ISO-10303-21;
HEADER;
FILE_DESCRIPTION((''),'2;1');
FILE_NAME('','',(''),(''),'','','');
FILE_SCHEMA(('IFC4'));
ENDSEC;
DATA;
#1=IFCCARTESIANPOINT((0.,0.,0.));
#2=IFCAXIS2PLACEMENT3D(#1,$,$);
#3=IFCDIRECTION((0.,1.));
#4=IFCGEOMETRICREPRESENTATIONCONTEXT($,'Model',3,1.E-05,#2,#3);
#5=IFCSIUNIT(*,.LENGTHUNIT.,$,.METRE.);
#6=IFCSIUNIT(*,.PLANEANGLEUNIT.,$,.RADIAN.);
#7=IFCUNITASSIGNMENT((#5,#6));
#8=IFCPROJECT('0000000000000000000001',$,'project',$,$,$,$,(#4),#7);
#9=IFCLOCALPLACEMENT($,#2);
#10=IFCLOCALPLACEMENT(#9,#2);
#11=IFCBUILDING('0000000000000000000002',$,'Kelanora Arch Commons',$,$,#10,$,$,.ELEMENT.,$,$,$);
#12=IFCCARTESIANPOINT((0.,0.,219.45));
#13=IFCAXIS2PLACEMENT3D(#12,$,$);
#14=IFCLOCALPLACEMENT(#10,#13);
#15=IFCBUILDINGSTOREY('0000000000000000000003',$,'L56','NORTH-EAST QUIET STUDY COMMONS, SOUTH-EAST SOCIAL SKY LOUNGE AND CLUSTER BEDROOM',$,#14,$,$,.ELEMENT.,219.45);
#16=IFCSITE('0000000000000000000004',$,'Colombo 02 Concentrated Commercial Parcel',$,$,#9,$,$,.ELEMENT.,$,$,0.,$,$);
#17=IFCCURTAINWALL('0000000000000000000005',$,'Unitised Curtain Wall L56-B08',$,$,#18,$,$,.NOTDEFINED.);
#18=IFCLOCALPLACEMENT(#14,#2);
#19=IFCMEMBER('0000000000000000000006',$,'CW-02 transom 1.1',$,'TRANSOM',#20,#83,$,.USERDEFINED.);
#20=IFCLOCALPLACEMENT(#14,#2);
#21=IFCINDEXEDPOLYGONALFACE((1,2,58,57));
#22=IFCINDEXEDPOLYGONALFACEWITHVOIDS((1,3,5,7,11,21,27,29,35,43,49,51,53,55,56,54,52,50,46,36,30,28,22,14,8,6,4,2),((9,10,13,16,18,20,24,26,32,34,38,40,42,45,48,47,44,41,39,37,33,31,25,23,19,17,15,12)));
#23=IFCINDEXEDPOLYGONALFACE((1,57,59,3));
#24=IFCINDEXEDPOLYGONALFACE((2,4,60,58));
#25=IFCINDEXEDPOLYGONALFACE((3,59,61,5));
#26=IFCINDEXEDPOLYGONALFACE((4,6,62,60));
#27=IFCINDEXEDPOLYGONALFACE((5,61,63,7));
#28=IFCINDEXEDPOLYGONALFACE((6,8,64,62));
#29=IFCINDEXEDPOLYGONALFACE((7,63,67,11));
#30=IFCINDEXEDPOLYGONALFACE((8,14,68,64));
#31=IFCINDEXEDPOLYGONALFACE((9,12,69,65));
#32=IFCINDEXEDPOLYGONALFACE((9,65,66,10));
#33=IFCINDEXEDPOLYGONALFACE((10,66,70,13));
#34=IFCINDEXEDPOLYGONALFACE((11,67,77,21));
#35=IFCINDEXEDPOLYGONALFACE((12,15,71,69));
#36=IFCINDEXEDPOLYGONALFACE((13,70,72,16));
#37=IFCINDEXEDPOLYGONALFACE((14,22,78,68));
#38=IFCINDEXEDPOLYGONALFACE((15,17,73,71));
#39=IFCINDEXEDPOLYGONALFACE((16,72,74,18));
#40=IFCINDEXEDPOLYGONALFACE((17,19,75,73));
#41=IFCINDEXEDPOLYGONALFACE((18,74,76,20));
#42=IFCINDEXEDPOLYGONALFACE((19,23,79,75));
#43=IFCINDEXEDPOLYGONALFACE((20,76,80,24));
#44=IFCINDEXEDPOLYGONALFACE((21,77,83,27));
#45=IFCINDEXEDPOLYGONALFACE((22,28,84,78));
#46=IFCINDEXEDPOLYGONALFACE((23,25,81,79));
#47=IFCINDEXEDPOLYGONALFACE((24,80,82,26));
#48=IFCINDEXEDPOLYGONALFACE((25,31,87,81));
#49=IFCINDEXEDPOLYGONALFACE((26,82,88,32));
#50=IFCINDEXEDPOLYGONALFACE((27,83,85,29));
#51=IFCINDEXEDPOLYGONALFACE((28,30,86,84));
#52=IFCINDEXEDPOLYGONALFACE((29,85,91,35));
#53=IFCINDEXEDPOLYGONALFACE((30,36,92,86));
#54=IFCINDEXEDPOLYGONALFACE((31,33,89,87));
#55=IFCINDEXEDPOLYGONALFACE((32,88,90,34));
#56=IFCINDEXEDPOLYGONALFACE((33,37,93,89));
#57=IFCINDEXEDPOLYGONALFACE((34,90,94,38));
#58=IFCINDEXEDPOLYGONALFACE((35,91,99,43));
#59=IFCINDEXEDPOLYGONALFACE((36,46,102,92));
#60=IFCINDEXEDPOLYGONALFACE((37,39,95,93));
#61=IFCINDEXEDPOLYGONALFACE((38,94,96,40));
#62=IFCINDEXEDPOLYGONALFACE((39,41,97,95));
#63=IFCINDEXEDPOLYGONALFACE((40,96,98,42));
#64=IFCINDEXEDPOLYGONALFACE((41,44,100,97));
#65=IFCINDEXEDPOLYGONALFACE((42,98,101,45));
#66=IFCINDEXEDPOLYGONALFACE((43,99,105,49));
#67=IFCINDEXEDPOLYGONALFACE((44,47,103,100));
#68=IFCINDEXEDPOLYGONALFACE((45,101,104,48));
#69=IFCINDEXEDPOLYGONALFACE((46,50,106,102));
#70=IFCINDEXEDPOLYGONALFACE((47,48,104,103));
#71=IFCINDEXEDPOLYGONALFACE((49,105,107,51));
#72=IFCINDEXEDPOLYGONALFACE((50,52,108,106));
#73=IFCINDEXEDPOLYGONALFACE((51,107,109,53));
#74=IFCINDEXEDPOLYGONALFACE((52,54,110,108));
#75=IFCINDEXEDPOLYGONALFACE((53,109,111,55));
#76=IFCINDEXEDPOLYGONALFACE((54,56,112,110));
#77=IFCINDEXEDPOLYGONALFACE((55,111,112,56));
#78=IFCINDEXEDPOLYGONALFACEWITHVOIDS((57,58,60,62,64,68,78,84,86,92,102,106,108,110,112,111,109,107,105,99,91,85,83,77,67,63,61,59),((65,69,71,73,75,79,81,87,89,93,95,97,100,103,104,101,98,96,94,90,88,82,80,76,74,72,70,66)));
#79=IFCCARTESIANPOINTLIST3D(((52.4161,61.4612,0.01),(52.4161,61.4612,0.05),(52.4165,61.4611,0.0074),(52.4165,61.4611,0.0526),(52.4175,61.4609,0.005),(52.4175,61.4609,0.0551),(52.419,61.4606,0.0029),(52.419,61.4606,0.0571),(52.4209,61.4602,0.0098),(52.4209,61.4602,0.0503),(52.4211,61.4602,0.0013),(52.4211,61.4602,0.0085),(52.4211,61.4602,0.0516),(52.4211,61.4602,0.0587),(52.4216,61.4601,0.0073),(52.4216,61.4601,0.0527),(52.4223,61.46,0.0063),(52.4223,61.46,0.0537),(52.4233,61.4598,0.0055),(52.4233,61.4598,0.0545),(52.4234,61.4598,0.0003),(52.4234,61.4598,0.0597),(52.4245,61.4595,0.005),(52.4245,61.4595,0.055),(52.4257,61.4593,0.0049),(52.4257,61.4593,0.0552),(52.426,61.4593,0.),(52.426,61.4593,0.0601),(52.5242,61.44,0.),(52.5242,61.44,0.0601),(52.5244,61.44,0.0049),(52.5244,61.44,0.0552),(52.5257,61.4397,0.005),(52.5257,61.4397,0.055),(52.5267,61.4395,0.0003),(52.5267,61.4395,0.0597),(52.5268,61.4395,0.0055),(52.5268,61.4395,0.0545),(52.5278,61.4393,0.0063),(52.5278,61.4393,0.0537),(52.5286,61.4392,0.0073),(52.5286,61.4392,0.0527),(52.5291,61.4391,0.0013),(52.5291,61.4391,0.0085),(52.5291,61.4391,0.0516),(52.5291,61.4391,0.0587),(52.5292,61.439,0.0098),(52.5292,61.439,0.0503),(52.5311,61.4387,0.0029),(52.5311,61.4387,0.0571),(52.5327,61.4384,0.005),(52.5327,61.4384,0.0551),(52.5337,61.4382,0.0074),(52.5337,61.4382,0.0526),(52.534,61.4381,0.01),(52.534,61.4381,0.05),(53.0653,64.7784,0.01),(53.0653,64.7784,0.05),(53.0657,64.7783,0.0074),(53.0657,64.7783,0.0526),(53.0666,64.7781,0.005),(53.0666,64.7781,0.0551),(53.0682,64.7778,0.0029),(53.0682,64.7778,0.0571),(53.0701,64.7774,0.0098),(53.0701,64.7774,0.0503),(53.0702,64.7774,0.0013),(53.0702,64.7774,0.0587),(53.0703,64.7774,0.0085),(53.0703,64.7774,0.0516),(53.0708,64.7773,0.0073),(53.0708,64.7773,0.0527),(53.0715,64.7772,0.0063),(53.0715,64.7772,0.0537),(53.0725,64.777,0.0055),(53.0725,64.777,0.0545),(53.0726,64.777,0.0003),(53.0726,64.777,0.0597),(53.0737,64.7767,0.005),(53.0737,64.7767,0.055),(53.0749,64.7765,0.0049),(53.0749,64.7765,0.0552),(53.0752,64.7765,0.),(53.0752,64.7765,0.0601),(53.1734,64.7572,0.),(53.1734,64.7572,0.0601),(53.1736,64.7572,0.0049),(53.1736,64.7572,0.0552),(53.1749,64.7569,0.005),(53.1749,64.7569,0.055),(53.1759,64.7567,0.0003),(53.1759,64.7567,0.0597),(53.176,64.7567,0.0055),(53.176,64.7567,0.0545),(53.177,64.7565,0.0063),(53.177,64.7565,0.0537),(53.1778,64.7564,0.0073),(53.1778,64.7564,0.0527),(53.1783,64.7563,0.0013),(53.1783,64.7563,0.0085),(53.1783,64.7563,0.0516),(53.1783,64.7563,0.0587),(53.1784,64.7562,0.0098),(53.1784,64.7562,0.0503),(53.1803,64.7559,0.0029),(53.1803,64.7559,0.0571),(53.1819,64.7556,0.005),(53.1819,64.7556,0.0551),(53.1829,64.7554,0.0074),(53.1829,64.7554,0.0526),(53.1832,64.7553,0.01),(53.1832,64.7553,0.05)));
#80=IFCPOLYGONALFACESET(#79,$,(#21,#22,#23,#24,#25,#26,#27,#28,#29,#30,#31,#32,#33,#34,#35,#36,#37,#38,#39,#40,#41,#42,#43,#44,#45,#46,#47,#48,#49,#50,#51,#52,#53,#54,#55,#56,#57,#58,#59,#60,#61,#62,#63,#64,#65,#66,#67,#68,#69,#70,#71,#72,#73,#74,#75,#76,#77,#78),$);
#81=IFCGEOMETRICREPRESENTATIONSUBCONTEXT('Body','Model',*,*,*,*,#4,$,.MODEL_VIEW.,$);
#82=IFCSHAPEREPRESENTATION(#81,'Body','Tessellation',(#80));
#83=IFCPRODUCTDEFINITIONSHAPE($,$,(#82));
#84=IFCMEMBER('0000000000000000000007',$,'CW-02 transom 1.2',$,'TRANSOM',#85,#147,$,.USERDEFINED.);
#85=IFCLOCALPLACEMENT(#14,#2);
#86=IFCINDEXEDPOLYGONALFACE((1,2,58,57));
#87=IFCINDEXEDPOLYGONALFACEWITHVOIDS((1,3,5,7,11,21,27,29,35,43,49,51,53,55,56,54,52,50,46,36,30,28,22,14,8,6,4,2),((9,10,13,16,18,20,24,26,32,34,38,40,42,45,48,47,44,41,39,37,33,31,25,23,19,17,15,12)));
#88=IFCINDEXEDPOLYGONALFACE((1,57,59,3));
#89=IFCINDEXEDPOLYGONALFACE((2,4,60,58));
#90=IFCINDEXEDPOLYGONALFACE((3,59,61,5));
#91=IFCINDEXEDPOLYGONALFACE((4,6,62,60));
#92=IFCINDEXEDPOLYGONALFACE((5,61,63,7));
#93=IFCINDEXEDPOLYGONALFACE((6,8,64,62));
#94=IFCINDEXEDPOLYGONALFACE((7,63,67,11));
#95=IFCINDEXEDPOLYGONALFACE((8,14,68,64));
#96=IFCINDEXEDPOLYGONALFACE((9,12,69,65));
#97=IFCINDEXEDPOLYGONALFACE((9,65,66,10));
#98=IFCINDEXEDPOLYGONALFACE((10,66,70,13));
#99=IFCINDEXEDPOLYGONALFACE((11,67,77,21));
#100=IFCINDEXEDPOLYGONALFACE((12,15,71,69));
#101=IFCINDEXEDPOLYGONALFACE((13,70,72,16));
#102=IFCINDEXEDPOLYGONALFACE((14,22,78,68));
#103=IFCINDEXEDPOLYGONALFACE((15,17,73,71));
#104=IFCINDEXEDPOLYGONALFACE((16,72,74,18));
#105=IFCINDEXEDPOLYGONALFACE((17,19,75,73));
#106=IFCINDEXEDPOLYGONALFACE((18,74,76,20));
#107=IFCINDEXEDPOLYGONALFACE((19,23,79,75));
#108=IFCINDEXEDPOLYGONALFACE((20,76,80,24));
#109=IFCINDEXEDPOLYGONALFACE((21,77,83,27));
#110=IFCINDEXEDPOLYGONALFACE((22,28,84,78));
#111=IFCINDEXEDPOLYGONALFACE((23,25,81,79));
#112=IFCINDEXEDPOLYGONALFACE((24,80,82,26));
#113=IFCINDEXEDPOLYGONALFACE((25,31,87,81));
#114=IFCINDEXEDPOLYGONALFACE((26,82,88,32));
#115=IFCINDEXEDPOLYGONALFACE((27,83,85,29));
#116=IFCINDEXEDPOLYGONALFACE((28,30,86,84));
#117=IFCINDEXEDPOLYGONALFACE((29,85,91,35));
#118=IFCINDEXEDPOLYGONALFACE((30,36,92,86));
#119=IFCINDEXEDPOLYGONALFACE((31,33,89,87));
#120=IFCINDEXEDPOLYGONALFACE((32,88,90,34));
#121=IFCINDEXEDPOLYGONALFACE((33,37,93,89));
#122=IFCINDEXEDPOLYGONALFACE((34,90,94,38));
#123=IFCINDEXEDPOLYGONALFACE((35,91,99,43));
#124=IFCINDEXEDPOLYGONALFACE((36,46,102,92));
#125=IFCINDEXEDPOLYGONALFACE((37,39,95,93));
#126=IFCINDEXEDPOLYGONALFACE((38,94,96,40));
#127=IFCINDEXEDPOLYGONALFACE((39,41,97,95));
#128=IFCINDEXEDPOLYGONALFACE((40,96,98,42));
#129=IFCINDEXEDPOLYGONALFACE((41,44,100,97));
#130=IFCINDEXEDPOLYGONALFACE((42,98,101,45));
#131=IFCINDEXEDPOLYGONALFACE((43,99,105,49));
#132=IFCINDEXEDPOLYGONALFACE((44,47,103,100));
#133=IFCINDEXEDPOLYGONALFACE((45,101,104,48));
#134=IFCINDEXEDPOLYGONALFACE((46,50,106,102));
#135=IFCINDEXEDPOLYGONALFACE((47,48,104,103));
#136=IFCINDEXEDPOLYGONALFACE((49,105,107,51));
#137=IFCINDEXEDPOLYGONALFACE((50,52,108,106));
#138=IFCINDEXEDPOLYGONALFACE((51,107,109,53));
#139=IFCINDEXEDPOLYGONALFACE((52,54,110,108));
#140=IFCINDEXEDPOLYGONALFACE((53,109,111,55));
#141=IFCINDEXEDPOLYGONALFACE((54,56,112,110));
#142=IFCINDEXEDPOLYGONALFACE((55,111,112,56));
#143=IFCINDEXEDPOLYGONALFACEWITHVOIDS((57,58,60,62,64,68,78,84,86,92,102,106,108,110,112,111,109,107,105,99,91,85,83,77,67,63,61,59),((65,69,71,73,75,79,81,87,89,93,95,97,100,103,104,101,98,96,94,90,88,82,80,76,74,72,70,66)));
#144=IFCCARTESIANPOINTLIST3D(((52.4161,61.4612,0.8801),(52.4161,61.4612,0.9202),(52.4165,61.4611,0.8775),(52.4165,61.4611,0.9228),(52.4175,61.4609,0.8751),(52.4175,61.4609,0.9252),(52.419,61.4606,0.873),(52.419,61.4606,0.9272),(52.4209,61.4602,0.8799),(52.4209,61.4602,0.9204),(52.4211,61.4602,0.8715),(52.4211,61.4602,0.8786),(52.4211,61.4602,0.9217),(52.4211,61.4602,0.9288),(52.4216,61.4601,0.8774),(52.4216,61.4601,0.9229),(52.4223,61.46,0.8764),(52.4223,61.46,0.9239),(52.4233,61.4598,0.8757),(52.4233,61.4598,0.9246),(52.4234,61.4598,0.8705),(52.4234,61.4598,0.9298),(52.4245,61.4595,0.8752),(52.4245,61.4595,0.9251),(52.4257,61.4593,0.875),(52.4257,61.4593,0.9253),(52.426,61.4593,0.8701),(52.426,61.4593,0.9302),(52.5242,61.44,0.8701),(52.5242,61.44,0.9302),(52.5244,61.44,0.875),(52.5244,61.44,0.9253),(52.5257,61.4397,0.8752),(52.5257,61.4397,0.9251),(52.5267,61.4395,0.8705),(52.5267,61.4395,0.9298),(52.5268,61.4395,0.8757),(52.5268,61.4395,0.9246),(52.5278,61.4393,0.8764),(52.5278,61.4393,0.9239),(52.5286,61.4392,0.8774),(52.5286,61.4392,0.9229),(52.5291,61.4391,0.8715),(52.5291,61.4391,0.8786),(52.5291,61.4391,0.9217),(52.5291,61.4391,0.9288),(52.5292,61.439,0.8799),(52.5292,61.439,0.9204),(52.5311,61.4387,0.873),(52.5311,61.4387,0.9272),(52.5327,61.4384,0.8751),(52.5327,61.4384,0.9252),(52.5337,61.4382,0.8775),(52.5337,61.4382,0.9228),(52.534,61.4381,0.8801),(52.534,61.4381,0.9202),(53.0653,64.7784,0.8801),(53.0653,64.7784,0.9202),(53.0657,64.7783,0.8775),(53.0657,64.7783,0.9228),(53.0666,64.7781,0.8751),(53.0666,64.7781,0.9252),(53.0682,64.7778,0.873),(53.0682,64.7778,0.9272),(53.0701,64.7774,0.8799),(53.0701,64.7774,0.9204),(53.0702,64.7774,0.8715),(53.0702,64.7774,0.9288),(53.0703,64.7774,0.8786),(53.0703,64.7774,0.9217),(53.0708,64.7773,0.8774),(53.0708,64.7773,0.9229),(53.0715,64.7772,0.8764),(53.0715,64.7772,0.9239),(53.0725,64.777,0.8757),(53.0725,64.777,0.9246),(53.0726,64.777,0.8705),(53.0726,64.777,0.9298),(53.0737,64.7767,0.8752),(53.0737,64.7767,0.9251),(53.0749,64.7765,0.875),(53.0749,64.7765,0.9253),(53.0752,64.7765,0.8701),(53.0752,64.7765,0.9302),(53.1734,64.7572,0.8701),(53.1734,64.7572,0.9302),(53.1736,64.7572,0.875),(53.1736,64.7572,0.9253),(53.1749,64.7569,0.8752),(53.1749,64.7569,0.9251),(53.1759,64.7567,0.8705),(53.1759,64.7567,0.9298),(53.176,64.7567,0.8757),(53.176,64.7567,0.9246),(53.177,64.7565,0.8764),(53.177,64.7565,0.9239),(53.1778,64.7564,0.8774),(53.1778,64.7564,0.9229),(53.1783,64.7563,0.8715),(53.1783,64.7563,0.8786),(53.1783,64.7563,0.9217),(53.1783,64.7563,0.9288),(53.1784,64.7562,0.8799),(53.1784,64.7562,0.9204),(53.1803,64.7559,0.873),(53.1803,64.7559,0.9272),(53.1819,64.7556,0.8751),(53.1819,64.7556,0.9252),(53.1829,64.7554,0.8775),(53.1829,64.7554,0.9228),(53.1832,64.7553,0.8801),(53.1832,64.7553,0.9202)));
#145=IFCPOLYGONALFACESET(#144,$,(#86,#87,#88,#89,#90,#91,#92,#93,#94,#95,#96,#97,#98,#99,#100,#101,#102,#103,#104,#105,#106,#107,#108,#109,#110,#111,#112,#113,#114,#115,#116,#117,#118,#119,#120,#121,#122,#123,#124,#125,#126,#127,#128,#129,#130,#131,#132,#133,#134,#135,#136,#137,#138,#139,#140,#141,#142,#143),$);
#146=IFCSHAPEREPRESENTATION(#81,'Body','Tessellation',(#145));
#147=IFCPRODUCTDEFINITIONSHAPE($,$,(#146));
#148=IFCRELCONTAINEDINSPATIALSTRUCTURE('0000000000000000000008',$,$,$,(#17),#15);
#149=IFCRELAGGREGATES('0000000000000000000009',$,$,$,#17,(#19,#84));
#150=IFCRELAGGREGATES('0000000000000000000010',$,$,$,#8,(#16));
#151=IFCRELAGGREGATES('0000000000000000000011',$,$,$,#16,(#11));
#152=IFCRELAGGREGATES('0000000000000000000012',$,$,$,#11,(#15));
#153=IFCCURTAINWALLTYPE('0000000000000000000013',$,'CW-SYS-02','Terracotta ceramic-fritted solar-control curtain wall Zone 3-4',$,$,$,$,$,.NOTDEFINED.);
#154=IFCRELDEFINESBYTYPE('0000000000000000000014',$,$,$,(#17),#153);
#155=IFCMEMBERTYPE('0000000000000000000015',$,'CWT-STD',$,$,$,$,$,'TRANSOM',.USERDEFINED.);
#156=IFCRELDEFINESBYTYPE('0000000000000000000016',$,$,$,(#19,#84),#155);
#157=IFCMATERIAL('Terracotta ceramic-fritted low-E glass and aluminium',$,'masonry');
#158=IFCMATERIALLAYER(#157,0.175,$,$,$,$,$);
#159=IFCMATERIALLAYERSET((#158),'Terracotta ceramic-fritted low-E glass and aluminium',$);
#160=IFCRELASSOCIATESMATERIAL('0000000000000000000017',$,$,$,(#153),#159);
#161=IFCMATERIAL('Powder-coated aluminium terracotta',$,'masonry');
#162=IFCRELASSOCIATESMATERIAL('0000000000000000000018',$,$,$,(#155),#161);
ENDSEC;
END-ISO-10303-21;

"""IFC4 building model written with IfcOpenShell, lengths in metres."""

from ifc_helpers import new_model, si_unit, direction, frame, origin, origin_2d, place, context, subcontext, project, spatial, hollow_rectangle, extrude, material, layer, layer_set, material_profile, profile_set, type_object, element, aggregate, save


model = new_model("IFC4")

# Units and contexts
model_context = context("Model", 3, precision=1e-05, world=origin(), true_north=direction((0.0, 1.0)))
body_context = subcontext(model_context, "Body", "Model", "MODEL_VIEW")
ifc_project = project(units=[si_unit("LENGTHUNIT", "METRE"), si_unit("PLANEANGLEUNIT", "RADIAN")], contexts=[model_context])

# Site, building, storey
site_placement = place(None, origin())
site = spatial("IfcSite", under=ifc_project, at=site_placement, Name="Colombo 02 Concentrated Commercial Parcel", CompositionType="ELEMENT", RefElevation=0.0)
building_placement = place(site_placement, origin())
building = spatial("IfcBuilding", under=site, at=building_placement, Name="Kelanora Arch Commons", CompositionType="ELEMENT")
storey_placement = place(building_placement, frame((0.0, 0.0, 219.45)))
storey = spatial("IfcBuildingStorey", under=building, at=storey_placement, Name="L56", Description="NORTH-EAST QUIET STUDY COMMONS, SOUTH-EAST SOCIAL SKY LOUNGE AND CLUSTER BEDROOM", CompositionType="ELEMENT", Elevation=219.45)

# Curtain wall, members
ifc_material_1 = material(Name="Terracotta ceramic-fritted low-E glass and aluminium", Category="masonry")
ifc_layer_1 = layer(ifc_material_1, 0.175)
ifc_layer_set_1 = layer_set([ifc_layer_1], Name="Terracotta ceramic-fritted low-E glass and aluminium")
curtain_wall_type = type_object("IfcCurtainWallType", Name="CW-SYS-02", Description="Terracotta ceramic-fritted solar-control curtain wall Zone 3-4", PredefinedType="NOTDEFINED", material=ifc_layer_set_1)
curtain_wall_placement = place(storey_placement, origin())
curtain_wall = element("IfcCurtainWall", 1, at=curtain_wall_placement, inside=storey, type_object=curtain_wall_type, Name="Unitised Curtain Wall L56-B08", PredefinedType="NOTDEFINED")
ifc_material_2 = material(Name="Powder-coated aluminium terracotta", Category="masonry")
ifc_material_profile_1 = material_profile(ifc_material_2, hollow_rectangle(XDim=0.1201, YDim=0.0601, WallThickness=0.0049, InnerFilletRadius=0.0049, OuterFilletRadius=0.01, at=origin_2d()), Name="CWT120x60")
ifc_profile_set_1 = profile_set([ifc_material_profile_1], Name="Powder-coated aluminium terracotta")
member_type_1 = type_object("IfcMemberType", Name="CWT-STD", ElementType="TRANSOM", PredefinedType="USERDEFINED", material=ifc_profile_set_1)
member_1_placement = place(storey_placement, frame((53.1243, 64.7668, 0.03), z_axis=(-0.192058, -0.981383, 0.0), x_axis=(0.981383, -0.192058, 0.0)))
member_1 = element("IfcMember", 2, at=member_1_placement, type_object=member_type_1, Name="CW-02 transom 1.1", ObjectType="TRANSOM", PredefinedType="USERDEFINED", context=body_context, shape_type="SweptSolid", body=[
    extrude(hollow_rectangle(XDim=0.1201, YDim=0.0601, WallThickness=0.0049, InnerFilletRadius=0.0049, OuterFilletRadius=0.01, at=origin_2d()), origin(), (0.0, 0.0, 1.0), 3.3801),
])
member_2_placement = place(storey_placement, frame((53.1243, 64.7668, 0.9001), z_axis=(-0.192058, -0.981383, 0.0), x_axis=(0.981383, -0.192058, 0.0)))
member_2 = element("IfcMember", 3, at=member_2_placement, type_object=member_type_1, Name="CW-02 transom 1.2", ObjectType="TRANSOM", PredefinedType="USERDEFINED", context=body_context, shape_type="SweptSolid", body=[
    extrude(hollow_rectangle(XDim=0.1201, YDim=0.0601, WallThickness=0.0049, InnerFilletRadius=0.0049, OuterFilletRadius=0.01, at=origin_2d()), origin(), (0.0, 0.0, 1.0), 3.3801),
])
aggregate(curtain_wall, [member_1, member_2])

save(model, "model.ifc")
